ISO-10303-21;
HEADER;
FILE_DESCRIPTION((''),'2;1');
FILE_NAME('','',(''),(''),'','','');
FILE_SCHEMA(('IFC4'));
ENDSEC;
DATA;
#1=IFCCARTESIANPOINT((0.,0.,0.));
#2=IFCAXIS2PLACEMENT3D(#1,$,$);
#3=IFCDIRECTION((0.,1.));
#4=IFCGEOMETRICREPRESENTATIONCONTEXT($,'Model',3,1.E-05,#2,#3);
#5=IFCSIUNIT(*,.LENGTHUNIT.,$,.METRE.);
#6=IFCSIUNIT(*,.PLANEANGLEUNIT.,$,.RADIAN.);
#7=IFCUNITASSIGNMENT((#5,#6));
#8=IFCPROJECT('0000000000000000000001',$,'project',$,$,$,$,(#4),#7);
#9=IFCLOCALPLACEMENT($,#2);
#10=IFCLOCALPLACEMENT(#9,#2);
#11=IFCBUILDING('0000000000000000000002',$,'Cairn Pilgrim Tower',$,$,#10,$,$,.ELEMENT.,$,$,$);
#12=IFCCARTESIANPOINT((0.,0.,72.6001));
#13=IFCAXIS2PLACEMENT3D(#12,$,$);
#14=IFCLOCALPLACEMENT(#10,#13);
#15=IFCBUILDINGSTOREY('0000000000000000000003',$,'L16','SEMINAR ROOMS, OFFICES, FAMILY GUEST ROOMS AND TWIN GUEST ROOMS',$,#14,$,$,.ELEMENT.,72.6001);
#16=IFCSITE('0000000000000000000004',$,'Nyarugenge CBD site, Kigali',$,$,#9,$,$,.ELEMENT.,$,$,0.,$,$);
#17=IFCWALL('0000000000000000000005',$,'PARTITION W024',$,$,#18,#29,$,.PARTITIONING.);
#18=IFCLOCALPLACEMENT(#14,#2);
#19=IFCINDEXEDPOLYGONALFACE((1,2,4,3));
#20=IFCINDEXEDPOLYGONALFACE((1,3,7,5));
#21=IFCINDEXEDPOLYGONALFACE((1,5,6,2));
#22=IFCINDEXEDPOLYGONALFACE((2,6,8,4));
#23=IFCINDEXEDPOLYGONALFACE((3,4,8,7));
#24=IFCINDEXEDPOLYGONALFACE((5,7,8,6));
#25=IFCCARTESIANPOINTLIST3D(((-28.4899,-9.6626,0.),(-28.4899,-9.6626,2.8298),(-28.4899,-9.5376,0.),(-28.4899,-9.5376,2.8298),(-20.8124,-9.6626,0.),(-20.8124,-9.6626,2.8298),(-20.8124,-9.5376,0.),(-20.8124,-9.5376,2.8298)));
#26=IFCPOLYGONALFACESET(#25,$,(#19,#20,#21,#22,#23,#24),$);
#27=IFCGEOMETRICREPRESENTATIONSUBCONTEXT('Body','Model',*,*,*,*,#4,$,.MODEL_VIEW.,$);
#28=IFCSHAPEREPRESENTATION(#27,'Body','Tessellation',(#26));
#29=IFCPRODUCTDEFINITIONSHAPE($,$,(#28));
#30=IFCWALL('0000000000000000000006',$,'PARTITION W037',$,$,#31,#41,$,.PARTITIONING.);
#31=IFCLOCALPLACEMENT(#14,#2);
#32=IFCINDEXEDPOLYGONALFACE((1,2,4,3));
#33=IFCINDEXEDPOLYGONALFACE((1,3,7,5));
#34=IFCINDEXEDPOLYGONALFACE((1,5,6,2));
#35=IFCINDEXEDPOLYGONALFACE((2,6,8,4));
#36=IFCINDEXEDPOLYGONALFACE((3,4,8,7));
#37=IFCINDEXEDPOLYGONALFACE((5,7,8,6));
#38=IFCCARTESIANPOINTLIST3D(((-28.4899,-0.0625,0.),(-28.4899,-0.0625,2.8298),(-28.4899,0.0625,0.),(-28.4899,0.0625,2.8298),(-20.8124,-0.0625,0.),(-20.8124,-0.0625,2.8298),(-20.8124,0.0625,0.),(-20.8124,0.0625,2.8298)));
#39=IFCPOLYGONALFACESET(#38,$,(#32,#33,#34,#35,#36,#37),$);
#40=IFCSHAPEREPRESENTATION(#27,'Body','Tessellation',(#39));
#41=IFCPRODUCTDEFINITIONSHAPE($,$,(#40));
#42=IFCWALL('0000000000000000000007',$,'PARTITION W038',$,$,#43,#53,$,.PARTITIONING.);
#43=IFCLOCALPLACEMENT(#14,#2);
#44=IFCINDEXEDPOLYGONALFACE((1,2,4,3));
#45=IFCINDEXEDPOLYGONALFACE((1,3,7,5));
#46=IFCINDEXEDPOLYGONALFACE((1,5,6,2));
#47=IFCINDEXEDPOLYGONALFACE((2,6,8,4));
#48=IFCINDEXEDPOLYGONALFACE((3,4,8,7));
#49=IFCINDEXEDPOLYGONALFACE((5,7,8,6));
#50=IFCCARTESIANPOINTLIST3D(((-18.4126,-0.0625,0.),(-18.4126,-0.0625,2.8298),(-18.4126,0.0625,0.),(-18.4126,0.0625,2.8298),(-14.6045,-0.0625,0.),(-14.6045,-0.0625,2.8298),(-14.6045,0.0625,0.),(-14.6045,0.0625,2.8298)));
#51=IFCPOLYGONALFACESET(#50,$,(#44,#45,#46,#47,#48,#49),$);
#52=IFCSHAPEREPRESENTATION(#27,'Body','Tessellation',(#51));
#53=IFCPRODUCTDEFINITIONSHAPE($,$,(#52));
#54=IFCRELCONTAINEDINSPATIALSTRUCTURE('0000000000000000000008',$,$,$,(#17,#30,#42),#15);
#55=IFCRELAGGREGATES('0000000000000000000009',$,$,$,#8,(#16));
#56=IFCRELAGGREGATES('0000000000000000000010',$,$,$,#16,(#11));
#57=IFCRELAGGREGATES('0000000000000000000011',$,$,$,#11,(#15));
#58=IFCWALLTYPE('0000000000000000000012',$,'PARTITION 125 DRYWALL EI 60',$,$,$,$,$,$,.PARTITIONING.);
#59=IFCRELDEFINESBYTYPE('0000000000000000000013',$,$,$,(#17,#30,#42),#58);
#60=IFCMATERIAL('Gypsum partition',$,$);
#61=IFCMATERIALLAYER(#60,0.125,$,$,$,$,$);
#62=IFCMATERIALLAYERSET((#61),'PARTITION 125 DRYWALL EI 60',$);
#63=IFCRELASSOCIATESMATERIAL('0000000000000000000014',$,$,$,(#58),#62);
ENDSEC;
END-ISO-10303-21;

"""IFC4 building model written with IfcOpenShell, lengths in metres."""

from ifc_helpers import new_model, si_unit, direction, frame, frame_2d, origin, place, context, subcontext, project, spatial, rectangle, extrude, material, layer, layer_set, type_object, element, save


model = new_model("IFC4")

# Units and contexts
model_context = context("Model", 3, precision=1e-05, world=origin(), true_north=direction((0.0, 1.0)))
body_context = subcontext(model_context, "Body", "Model", "MODEL_VIEW")
ifc_project = project(units=[si_unit("LENGTHUNIT", "METRE"), si_unit("PLANEANGLEUNIT", "RADIAN")], contexts=[model_context])

# Site, building, storey
site_placement = place(None, origin())
site = spatial("IfcSite", under=ifc_project, at=site_placement, Name="Nyarugenge CBD site, Kigali", CompositionType="ELEMENT", RefElevation=0.0)
building_placement = place(site_placement, origin())
building = spatial("IfcBuilding", under=site, at=building_placement, Name="Cairn Pilgrim Tower", CompositionType="ELEMENT")
storey_placement = place(building_placement, frame((0.0, 0.0, 72.6001)))
storey = spatial("IfcBuildingStorey", under=building, at=storey_placement, Name="L16", Description="SEMINAR ROOMS, OFFICES, FAMILY GUEST ROOMS AND TWIN GUEST ROOMS", CompositionType="ELEMENT", Elevation=72.6001)

# Shared definitions
ifc_material_1 = material(Name="Gypsum partition")

# Walls
ifc_layer_1 = layer(ifc_material_1, 0.125)
ifc_layer_set_1 = layer_set([ifc_layer_1], Name="PARTITION 125 DRYWALL EI 60")
wall_type_1 = type_object("IfcWallType", Name="PARTITION 125 DRYWALL EI 60", PredefinedType="PARTITIONING", material=ifc_layer_set_1)
for number, where, z_axis, x_axis, name in (
    (1, (-28.49, -9.6001, 0.0), (0.0, 0.0, 1.0), (1.0, 0.0, 0.0), "PARTITION W024"),
    (2, (-28.49, 0.0, 0.0), (0.0, 0.0, 1.0), (1.0, 0.0, 0.0), "PARTITION W037"),
):
    element("IfcWall", number, at=place(storey_placement, frame(where, z_axis=z_axis, x_axis=x_axis)), inside=storey, type_object=wall_type_1, Name=name, PredefinedType="PARTITIONING", context=body_context, shape_type="SweptSolid", body=[
        extrude(rectangle(XDim=7.6775, YDim=0.125, at=frame_2d((3.8389, 0.0))), origin(), (0.0, 0.0, 1.0), 2.8298),
    ])
wall_1_placement = place(storey_placement, frame((-18.4126, 0.0, 0.0), z_axis=(0.0, 0.0, 1.0), x_axis=(1.0, 0.0, 0.0)))
element("IfcWall", 3, at=wall_1_placement, inside=storey, type_object=wall_type_1, Name="PARTITION W038", PredefinedType="PARTITIONING", context=body_context, shape_type="SweptSolid", body=[
    extrude(rectangle(XDim=3.8081, YDim=0.125, at=frame_2d((1.9041, 0.0))), origin(), (0.0, 0.0, 1.0), 2.8298),
])

save(model, "model.ifc")
